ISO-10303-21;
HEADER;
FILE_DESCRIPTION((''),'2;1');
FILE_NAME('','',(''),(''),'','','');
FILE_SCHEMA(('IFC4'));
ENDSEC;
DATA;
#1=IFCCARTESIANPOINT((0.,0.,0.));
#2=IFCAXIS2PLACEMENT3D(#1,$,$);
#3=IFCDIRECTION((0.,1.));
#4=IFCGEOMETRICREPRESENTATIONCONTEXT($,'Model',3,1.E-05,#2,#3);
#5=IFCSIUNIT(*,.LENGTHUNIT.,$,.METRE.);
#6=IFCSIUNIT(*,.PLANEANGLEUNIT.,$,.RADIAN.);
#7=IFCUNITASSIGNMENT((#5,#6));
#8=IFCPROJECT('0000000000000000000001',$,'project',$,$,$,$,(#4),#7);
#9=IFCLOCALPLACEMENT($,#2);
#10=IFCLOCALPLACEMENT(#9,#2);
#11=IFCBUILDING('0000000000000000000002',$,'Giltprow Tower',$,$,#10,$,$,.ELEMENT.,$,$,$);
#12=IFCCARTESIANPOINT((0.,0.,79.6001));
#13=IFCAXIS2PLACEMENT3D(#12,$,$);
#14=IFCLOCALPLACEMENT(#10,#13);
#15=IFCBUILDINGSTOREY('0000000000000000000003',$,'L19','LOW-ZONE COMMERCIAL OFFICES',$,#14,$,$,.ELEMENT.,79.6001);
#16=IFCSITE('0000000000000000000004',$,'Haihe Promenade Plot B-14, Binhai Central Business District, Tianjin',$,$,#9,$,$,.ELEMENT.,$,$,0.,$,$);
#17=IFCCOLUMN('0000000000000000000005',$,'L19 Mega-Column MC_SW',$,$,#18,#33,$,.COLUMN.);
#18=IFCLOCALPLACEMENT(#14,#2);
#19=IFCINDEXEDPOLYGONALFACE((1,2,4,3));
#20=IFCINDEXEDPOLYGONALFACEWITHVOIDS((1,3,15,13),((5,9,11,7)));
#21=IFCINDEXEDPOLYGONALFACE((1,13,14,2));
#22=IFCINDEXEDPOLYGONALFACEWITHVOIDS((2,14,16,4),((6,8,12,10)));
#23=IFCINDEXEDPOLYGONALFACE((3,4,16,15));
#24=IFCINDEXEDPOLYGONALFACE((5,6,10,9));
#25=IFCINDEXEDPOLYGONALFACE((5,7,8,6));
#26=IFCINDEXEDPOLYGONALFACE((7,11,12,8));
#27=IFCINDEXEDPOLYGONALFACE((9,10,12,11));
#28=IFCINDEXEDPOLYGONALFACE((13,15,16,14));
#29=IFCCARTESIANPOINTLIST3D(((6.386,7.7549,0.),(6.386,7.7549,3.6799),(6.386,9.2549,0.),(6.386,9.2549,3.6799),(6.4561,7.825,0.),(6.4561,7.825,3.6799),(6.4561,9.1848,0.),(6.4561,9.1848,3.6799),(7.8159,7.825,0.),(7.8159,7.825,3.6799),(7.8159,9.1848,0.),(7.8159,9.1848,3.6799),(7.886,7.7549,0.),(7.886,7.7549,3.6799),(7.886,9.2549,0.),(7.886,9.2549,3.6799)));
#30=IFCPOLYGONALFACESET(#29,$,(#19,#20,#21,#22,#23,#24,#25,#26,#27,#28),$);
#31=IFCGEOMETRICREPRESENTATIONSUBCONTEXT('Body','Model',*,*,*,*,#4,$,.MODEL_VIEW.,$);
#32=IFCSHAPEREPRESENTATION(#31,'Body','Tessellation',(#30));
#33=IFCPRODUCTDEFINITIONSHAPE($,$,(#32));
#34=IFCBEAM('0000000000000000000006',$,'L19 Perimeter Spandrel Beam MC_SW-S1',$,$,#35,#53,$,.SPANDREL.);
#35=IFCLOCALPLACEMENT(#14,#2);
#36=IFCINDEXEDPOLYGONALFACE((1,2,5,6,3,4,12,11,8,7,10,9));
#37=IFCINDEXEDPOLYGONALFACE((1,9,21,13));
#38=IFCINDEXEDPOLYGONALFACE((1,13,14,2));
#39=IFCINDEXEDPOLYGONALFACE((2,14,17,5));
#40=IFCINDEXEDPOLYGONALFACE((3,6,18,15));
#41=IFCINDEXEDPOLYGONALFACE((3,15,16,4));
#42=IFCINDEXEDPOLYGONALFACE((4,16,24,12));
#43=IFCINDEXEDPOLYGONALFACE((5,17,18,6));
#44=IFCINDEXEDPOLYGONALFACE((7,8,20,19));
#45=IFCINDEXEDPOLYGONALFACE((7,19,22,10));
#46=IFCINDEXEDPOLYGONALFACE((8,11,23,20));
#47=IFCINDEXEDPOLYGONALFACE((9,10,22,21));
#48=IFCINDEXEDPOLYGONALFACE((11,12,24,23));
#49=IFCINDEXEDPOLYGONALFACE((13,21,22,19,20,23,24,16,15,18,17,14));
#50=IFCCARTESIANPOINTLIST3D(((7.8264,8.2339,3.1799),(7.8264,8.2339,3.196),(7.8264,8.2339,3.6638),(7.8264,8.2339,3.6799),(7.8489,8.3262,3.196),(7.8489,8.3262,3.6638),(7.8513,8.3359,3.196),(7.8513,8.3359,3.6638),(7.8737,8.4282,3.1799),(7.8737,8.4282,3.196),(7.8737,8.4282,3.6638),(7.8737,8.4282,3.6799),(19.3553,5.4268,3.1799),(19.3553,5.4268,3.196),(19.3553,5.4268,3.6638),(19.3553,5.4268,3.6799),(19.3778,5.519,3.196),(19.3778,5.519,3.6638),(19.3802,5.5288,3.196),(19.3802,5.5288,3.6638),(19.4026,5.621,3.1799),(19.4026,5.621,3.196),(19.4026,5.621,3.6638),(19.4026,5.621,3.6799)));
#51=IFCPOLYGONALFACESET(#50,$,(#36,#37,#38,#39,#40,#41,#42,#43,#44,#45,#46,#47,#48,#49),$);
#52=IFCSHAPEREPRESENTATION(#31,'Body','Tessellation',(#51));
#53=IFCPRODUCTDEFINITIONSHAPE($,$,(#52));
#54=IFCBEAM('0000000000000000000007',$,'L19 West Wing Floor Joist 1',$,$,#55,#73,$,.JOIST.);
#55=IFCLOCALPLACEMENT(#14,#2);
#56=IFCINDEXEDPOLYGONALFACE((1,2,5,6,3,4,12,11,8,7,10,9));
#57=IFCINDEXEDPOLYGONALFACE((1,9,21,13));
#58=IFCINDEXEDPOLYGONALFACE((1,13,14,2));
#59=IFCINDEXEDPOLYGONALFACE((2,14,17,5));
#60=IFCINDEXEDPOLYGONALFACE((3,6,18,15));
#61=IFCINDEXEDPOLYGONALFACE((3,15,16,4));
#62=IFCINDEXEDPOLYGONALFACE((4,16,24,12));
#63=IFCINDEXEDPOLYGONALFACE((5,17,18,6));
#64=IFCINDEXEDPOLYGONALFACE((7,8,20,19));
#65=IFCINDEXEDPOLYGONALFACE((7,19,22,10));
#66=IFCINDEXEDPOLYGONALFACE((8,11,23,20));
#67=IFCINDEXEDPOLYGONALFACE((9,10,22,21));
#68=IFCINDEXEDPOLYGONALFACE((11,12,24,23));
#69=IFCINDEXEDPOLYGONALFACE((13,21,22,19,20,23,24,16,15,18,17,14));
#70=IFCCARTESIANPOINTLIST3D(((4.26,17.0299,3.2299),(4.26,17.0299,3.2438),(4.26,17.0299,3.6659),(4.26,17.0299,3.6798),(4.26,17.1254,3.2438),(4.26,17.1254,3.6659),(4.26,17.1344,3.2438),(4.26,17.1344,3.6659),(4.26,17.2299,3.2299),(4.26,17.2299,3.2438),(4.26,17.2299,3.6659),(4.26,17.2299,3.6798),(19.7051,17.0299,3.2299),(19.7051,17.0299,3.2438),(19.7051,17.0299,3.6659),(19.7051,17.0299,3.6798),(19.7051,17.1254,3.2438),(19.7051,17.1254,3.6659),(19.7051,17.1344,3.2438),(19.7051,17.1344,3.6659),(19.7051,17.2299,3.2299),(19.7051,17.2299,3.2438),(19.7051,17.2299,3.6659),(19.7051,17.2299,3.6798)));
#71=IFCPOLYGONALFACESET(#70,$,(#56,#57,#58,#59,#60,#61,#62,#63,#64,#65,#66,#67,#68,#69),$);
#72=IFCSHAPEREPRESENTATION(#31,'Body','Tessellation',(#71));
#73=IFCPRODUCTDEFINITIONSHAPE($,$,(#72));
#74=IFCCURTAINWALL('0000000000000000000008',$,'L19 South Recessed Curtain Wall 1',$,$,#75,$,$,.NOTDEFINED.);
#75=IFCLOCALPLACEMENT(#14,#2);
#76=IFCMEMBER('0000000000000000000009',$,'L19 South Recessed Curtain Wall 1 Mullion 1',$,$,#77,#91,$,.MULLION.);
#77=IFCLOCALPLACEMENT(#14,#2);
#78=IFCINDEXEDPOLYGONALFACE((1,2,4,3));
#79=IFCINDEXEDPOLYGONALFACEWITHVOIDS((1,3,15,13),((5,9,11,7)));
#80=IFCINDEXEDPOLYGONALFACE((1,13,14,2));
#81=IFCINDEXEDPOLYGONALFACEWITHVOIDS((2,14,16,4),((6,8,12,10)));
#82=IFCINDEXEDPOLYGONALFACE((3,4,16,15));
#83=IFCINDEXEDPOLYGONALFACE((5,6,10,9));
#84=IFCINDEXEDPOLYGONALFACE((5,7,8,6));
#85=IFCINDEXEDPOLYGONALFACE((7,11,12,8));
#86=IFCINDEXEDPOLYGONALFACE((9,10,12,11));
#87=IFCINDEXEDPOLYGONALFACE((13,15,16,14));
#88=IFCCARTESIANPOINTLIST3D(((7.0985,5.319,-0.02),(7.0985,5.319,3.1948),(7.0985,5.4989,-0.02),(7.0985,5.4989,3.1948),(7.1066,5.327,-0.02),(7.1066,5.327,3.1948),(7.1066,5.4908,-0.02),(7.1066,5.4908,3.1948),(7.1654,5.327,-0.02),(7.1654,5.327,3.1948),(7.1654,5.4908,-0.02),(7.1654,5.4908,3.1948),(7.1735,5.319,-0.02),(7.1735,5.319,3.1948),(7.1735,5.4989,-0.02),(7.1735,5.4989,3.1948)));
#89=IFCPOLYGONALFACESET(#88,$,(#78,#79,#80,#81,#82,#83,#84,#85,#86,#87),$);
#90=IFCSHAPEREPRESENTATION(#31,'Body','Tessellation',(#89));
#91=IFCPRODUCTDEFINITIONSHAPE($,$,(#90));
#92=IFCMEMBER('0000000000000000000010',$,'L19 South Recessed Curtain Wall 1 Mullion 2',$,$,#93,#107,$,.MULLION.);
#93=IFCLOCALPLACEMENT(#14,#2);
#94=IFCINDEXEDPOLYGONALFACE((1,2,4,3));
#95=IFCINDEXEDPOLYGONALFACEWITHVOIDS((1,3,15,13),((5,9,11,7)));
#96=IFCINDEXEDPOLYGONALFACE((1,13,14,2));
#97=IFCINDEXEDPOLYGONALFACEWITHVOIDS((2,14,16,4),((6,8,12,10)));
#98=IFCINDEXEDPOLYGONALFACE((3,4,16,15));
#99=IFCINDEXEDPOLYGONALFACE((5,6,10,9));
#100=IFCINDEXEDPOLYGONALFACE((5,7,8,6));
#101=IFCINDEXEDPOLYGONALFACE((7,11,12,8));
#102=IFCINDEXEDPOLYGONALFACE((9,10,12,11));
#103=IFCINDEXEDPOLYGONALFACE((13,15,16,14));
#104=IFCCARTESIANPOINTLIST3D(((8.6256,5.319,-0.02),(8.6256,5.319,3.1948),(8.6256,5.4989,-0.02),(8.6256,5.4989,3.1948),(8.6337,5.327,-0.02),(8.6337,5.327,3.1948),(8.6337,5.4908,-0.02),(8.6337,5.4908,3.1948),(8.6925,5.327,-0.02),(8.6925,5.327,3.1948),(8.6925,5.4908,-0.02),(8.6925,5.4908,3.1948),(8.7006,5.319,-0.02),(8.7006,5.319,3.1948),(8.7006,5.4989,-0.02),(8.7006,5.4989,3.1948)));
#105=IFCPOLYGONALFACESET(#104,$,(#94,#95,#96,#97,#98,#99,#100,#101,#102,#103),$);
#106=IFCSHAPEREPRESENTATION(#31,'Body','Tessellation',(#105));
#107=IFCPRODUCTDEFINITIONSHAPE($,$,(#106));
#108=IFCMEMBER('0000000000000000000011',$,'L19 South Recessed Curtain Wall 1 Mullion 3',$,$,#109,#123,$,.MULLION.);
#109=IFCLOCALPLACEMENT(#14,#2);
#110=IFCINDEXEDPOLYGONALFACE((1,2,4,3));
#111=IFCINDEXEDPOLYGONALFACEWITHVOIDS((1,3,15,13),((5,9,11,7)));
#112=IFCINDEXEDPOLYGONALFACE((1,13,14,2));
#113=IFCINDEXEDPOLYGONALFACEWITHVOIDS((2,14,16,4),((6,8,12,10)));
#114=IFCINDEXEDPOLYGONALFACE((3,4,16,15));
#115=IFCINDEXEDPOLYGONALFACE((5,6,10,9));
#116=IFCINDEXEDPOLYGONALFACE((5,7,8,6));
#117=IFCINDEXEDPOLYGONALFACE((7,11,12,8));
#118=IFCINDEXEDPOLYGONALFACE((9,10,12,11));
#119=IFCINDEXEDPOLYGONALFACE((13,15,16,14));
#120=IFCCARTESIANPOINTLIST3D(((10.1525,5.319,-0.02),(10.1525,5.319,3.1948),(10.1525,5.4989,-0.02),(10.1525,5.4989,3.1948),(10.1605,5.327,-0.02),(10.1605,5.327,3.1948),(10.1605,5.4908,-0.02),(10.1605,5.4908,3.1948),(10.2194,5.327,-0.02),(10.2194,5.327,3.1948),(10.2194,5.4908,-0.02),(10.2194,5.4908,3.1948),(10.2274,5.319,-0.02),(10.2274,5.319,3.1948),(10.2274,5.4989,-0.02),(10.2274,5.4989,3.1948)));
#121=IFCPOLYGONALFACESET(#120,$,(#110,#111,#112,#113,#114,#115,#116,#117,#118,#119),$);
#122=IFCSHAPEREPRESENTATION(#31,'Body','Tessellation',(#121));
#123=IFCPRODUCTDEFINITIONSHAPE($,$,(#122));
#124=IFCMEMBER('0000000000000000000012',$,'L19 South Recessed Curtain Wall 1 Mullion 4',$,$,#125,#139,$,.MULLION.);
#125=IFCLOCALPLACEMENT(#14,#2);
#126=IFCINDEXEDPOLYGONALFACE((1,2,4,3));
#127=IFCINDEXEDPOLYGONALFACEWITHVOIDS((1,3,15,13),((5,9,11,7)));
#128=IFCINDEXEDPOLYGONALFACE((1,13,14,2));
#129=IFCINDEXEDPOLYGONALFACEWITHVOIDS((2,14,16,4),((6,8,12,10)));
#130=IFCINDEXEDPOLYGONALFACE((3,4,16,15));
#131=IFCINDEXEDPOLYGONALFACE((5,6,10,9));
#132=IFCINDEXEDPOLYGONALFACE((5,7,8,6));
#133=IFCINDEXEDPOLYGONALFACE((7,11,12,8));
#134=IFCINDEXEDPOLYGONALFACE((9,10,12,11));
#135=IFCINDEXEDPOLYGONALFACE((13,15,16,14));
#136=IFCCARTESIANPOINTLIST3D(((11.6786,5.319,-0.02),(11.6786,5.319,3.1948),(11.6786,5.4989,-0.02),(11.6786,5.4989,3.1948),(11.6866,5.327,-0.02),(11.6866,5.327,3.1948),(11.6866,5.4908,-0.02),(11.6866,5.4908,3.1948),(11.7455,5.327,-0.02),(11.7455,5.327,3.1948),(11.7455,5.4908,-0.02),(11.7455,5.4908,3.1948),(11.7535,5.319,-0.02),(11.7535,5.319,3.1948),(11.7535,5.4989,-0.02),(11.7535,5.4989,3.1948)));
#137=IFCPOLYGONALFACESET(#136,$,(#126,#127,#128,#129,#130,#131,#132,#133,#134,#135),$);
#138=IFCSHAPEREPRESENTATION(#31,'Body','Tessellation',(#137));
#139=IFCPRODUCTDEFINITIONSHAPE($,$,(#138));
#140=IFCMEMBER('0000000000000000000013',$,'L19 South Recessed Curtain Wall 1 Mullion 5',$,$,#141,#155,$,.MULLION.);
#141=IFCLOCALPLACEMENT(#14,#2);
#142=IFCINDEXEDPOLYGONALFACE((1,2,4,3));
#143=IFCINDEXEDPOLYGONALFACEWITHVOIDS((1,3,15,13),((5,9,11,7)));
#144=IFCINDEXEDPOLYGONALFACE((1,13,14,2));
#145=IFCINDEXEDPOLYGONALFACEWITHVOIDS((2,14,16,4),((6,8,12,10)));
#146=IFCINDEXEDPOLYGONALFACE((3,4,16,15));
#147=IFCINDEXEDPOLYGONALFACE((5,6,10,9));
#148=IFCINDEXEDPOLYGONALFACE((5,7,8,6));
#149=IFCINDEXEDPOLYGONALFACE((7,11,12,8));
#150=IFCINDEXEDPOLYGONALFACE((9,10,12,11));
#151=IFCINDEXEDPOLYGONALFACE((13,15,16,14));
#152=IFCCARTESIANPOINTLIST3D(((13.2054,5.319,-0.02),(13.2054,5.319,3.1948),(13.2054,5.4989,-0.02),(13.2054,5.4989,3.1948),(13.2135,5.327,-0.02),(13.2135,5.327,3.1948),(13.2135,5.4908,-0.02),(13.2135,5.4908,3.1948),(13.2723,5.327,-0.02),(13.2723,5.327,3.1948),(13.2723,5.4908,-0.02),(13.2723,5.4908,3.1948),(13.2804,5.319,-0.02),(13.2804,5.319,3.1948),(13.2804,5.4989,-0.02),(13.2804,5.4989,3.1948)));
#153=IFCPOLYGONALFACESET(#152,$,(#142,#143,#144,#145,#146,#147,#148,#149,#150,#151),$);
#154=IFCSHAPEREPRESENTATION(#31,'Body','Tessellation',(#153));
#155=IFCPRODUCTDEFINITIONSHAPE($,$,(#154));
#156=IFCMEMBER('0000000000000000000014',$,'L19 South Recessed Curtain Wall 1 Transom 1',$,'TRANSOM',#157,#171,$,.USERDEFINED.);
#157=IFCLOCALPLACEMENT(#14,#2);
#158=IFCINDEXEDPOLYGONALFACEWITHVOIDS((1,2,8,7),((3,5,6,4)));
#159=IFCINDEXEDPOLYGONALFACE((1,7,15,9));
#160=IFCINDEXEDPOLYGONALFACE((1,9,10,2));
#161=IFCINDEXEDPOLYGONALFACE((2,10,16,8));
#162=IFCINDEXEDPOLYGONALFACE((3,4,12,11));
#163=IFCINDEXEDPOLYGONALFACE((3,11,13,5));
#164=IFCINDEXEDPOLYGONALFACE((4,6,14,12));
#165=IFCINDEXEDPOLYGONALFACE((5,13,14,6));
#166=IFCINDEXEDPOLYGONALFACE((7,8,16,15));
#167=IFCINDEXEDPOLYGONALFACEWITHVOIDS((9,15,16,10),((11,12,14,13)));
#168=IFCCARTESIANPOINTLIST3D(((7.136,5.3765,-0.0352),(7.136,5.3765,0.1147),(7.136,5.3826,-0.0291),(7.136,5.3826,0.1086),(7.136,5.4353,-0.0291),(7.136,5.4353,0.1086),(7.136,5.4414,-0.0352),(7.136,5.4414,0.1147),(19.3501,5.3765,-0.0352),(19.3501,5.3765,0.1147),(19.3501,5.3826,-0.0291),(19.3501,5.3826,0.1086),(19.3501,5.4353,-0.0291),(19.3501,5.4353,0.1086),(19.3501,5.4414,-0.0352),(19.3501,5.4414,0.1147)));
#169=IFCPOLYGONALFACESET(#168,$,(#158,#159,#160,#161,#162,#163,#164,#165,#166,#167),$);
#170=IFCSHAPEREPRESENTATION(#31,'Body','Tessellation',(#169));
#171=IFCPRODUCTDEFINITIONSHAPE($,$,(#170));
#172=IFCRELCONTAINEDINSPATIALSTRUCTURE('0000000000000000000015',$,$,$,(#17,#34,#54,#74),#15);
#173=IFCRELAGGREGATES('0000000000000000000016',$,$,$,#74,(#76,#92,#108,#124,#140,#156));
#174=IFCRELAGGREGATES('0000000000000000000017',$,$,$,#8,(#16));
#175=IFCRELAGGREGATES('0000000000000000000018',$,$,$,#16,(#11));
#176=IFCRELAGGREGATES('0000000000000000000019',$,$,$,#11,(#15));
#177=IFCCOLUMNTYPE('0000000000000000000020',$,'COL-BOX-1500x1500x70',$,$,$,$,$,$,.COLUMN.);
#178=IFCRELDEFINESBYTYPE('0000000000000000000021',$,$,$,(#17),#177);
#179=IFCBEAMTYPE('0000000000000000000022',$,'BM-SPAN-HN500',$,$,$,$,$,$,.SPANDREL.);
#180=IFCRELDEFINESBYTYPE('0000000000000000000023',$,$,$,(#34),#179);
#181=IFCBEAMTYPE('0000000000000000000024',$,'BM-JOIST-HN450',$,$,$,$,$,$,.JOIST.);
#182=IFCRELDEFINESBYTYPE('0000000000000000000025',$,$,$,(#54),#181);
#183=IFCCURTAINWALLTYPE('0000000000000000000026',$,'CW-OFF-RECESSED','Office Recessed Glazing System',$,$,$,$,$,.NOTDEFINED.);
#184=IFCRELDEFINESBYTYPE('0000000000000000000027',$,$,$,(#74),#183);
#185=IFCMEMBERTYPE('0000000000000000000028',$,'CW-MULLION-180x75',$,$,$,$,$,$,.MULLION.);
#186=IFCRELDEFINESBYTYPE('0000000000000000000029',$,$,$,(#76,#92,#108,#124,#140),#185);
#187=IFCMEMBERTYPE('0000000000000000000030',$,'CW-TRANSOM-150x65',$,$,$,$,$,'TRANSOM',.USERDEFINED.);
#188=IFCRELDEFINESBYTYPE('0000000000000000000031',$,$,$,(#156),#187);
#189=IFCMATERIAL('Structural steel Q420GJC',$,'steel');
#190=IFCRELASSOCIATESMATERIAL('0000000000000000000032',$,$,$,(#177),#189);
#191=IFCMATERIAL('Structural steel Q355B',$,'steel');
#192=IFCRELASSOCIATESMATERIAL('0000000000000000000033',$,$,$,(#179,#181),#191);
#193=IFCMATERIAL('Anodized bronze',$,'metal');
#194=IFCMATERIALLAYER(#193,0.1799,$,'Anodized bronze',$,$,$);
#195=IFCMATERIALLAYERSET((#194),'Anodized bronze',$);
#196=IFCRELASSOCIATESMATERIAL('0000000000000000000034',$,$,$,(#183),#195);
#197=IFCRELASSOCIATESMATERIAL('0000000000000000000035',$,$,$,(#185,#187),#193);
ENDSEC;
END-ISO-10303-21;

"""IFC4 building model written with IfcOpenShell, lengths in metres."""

from ifc_helpers import new_model, si_unit, direction, frame, origin, origin_2d, place, context, subcontext, project, spatial, hollow_rectangle, i_section, extrude, source, transform, mapped, material, layer, layer_set, material_profile, profile_set, type_object, element, aggregate, save


model = new_model("IFC4")

# Units and contexts
model_context = context("Model", 3, precision=1e-05, world=origin(), true_north=direction((0.0, 1.0)))
body_context = subcontext(model_context, "Body", "Model", "MODEL_VIEW")
ifc_project = project(units=[si_unit("LENGTHUNIT", "METRE"), si_unit("PLANEANGLEUNIT", "RADIAN")], contexts=[model_context])

# Site, building, storey
site_placement = place(None, origin())
site = spatial("IfcSite", under=ifc_project, at=site_placement, Name="Haihe Promenade Plot B-14, Binhai Central Business District, Tianjin", CompositionType="ELEMENT", RefElevation=0.0)
building_placement = place(site_placement, origin())
building = spatial("IfcBuilding", under=site, at=building_placement, Name="Giltprow Tower", CompositionType="ELEMENT")
storey_placement = place(building_placement, frame((0.0, 0.0, 79.6001)))
storey = spatial("IfcBuildingStorey", under=building, at=storey_placement, Name="L19", Description="LOW-ZONE COMMERCIAL OFFICES", CompositionType="ELEMENT", Elevation=79.6001)

# Column
ifc_material_1 = material(Name="Structural steel Q420GJC", Category="steel")
ifc_material_profile_1 = material_profile(ifc_material_1, hollow_rectangle(XDim=1.5, YDim=1.5, WallThickness=0.0701, at=origin_2d()), Name="BOX 1500x1500x70")
ifc_profile_set_1 = profile_set([ifc_material_profile_1], Name="Structural steel Q420GJC")
column_type = type_object("IfcColumnType", Name="COL-BOX-1500x1500x70", PredefinedType="COLUMN", material=ifc_profile_set_1)
shared_shape_1 = source(origin(), body_context, "Body", "SweptSolid", [
    extrude(hollow_rectangle(XDim=1.5, YDim=1.5, WallThickness=0.0701, at=origin_2d()), origin(), (0.0, 0.0, 1.0), 3.6799),
])
column_placement = place(storey_placement, frame((7.136, 8.5049, 0.0), z_axis=(0.0, 0.0, 1.0), x_axis=(1.0, 0.0, 0.0)))
element("IfcColumn", 1, at=column_placement, inside=storey, type_object=column_type, Name="L19 Mega-Column MC_SW", PredefinedType="COLUMN", context=body_context, shape_type="MappedRepresentation", body=[
    mapped(shared_shape_1, transform((0.0, 0.0, 0.0), x_axis=(1.0, 0.0, 0.0), y_axis=(0.0, 1.0, 0.0), z_axis=(0.0, 0.0, 1.0), scale=1.0)),
])

# Beams
ifc_material_2 = material(Name="Structural steel Q355B", Category="steel")
ifc_material_profile_2 = material_profile(ifc_material_2, i_section(OverallWidth=0.2, OverallDepth=0.5, WebThickness=0.01, FlangeThickness=0.0161, at=origin_2d()), Name="HN 500x200x10x16")
ifc_profile_set_2 = profile_set([ifc_material_profile_2], Name="Structural steel Q355B")
beam_type_1 = type_object("IfcBeamType", Name="BM-SPAN-HN500", PredefinedType="SPANDREL", material=ifc_profile_set_2)
shared_shape_2 = source(origin(), body_context, "Body", "SweptSolid", [
    extrude(i_section(OverallWidth=0.2, OverallDepth=0.5, WebThickness=0.01, FlangeThickness=0.0161, at=origin_2d()), origin(), (0.0, 0.0, 1.0), 11.8657),
])
beam_1_placement = place(storey_placement, frame((7.8501, 8.3311, 3.4299), z_axis=(0.971613, -0.236576, 0.0), x_axis=(0.236576, 0.971613, 0.0)))
element("IfcBeam", 2, at=beam_1_placement, inside=storey, type_object=beam_type_1, Name="L19 Perimeter Spandrel Beam MC_SW-S1", PredefinedType="SPANDREL", context=body_context, shape_type="MappedRepresentation", body=[
    mapped(shared_shape_2, transform((0.0, 0.0, 0.0), x_axis=(1.0, 0.0, 0.0), y_axis=(0.0, 1.0, 0.0), z_axis=(0.0, 0.0, 1.0), scale=1.0)),
])
ifc_material_profile_3 = material_profile(ifc_material_2, i_section(OverallWidth=0.2, OverallDepth=0.45, WebThickness=0.009, FlangeThickness=0.0139, at=origin_2d()), Name="HN 450x200x9x14")
ifc_profile_set_3 = profile_set([ifc_material_profile_3], Name="Structural steel Q355B")
beam_type_2 = type_object("IfcBeamType", Name="BM-JOIST-HN450", PredefinedType="JOIST", material=ifc_profile_set_3)
shared_shape_3 = source(origin(), body_context, "Body", "SweptSolid", [
    extrude(i_section(OverallWidth=0.2, OverallDepth=0.45, WebThickness=0.009, FlangeThickness=0.0139, at=origin_2d()), origin(), (0.0, 0.0, 1.0), 15.4451),
])
beam_2_placement = place(storey_placement, frame((4.26, 17.1299, 3.4548), z_axis=(1.0, 0.0, 0.0), x_axis=(0.0, 1.0, 0.0)))
element("IfcBeam", 3, at=beam_2_placement, inside=storey, type_object=beam_type_2, Name="L19 West Wing Floor Joist 1", PredefinedType="JOIST", context=body_context, shape_type="MappedRepresentation", body=[
    mapped(shared_shape_3, transform((0.0, 0.0, 0.0), x_axis=(1.0, 0.0, 0.0), y_axis=(0.0, 1.0, 0.0), z_axis=(0.0, 0.0, 1.0), scale=1.0)),
])

# Curtain wall, members
ifc_material_3 = material(Name="Anodized bronze", Category="metal")
ifc_layer_1 = layer(ifc_material_3, 0.1799, Name="Anodized bronze")
ifc_layer_set_1 = layer_set([ifc_layer_1], Name="Anodized bronze")
curtain_wall_type = type_object("IfcCurtainWallType", Name="CW-OFF-RECESSED", Description="Office Recessed Glazing System", PredefinedType="NOTDEFINED", material=ifc_layer_set_1)
curtain_wall_placement = place(storey_placement, origin())
curtain_wall = element("IfcCurtainWall", 4, at=curtain_wall_placement, inside=storey, type_object=curtain_wall_type, Name="L19 South Recessed Curtain Wall 1", PredefinedType="NOTDEFINED")
ifc_material_profile_4 = material_profile(ifc_material_3, hollow_rectangle(XDim=0.075, YDim=0.1799, WallThickness=0.0081, at=origin_2d()), Name="RHS 180x75x8")
ifc_profile_set_4 = profile_set([ifc_material_profile_4], Name="Anodized bronze")
member_type_1 = type_object("IfcMemberType", Name="CW-MULLION-180x75", PredefinedType="MULLION", material=ifc_profile_set_4)
shared_shape_4 = source(origin(), body_context, "Body", "SweptSolid", [
    extrude(hollow_rectangle(XDim=0.075, YDim=0.1799, WallThickness=0.0081, at=origin_2d()), origin(), (0.0, 0.0, 1.0), 3.2148),
])
member_1_placement = place(storey_placement, frame((7.136, 5.4089, -0.02), z_axis=(0.0, 0.0, 1.0), x_axis=(1.0, 0.0, 0.0)))
member_1 = element("IfcMember", 5, at=member_1_placement, type_object=member_type_1, Name="L19 South Recessed Curtain Wall 1 Mullion 1", PredefinedType="MULLION", context=body_context, shape_type="MappedRepresentation", body=[
    mapped(shared_shape_4, transform((0.0, 0.0, 0.0), x_axis=(1.0, 0.0, 0.0), y_axis=(0.0, 1.0, 0.0), z_axis=(0.0, 0.0, 1.0), scale=1.0)),
])
member_2_placement = place(storey_placement, frame((8.6631, 5.4089, -0.02), z_axis=(0.0, 0.0, 1.0), x_axis=(1.0, 0.0, 0.0)))
member_2 = element("IfcMember", 6, at=member_2_placement, type_object=member_type_1, Name="L19 South Recessed Curtain Wall 1 Mullion 2", PredefinedType="MULLION", context=body_context, shape_type="MappedRepresentation", body=[
    mapped(shared_shape_4, transform((0.0, 0.0, 0.0), x_axis=(1.0, 0.0, 0.0), y_axis=(0.0, 1.0, 0.0), z_axis=(0.0, 0.0, 1.0), scale=1.0)),
])
member_3_placement = place(storey_placement, frame((10.1899, 5.4089, -0.02), z_axis=(0.0, 0.0, 1.0), x_axis=(1.0, 0.0, 0.0)))
member_3 = element("IfcMember", 7, at=member_3_placement, type_object=member_type_1, Name="L19 South Recessed Curtain Wall 1 Mullion 3", PredefinedType="MULLION", context=body_context, shape_type="MappedRepresentation", body=[
    mapped(shared_shape_4, transform((0.0, 0.0, 0.0), x_axis=(1.0, 0.0, 0.0), y_axis=(0.0, 1.0, 0.0), z_axis=(0.0, 0.0, 1.0), scale=1.0)),
])
member_4_placement = place(storey_placement, frame((11.7161, 5.4089, -0.02), z_axis=(0.0, 0.0, 1.0), x_axis=(1.0, 0.0, 0.0)))
member_4 = element("IfcMember", 8, at=member_4_placement, type_object=member_type_1, Name="L19 South Recessed Curtain Wall 1 Mullion 4", PredefinedType="MULLION", context=body_context, shape_type="MappedRepresentation", body=[
    mapped(shared_shape_4, transform((0.0, 0.0, 0.0), x_axis=(1.0, 0.0, 0.0), y_axis=(0.0, 1.0, 0.0), z_axis=(0.0, 0.0, 1.0), scale=1.0)),
])
member_5_placement = place(storey_placement, frame((13.2429, 5.4089, -0.02), z_axis=(0.0, 0.0, 1.0), x_axis=(1.0, 0.0, 0.0)))
member_5 = element("IfcMember", 9, at=member_5_placement, type_object=member_type_1, Name="L19 South Recessed Curtain Wall 1 Mullion 5", PredefinedType="MULLION", context=body_context, shape_type="MappedRepresentation", body=[
    mapped(shared_shape_4, transform((0.0, 0.0, 0.0), x_axis=(1.0, 0.0, 0.0), y_axis=(0.0, 1.0, 0.0), z_axis=(0.0, 0.0, 1.0), scale=1.0)),
])
ifc_material_profile_5 = material_profile(ifc_material_3, hollow_rectangle(XDim=0.0649, YDim=0.1499, WallThickness=0.0061, at=origin_2d()), Name="RHS 150x65x6")
ifc_profile_set_5 = profile_set([ifc_material_profile_5], Name="Anodized bronze")
member_type_2 = type_object("IfcMemberType", Name="CW-TRANSOM-150x65", ElementType="TRANSOM", PredefinedType="USERDEFINED", material=ifc_profile_set_5)
shared_shape_5 = source(origin(), body_context, "Body", "SweptSolid", [
    extrude(hollow_rectangle(XDim=0.0649, YDim=0.1499, WallThickness=0.0061, at=origin_2d()), origin(), (0.0, 0.0, 1.0), 12.2141),
])
member_6_placement = place(storey_placement, frame((7.136, 5.4089, 0.0398), z_axis=(1.0, 0.0, 0.0), x_axis=(0.0, 1.0, 0.0)))
member_6 = element("IfcMember", 10, at=member_6_placement, type_object=member_type_2, Name="L19 South Recessed Curtain Wall 1 Transom 1", ObjectType="TRANSOM", PredefinedType="USERDEFINED", context=body_context, shape_type="MappedRepresentation", body=[
    mapped(shared_shape_5, transform((0.0, 0.0, 0.0), x_axis=(1.0, 0.0, 0.0), y_axis=(0.0, 1.0, 0.0), z_axis=(0.0, 0.0, 1.0), scale=1.0)),
])

aggregate(curtain_wall, [member_1, member_2, member_3, member_4, member_5, member_6])

save(model, "model.ifc")
